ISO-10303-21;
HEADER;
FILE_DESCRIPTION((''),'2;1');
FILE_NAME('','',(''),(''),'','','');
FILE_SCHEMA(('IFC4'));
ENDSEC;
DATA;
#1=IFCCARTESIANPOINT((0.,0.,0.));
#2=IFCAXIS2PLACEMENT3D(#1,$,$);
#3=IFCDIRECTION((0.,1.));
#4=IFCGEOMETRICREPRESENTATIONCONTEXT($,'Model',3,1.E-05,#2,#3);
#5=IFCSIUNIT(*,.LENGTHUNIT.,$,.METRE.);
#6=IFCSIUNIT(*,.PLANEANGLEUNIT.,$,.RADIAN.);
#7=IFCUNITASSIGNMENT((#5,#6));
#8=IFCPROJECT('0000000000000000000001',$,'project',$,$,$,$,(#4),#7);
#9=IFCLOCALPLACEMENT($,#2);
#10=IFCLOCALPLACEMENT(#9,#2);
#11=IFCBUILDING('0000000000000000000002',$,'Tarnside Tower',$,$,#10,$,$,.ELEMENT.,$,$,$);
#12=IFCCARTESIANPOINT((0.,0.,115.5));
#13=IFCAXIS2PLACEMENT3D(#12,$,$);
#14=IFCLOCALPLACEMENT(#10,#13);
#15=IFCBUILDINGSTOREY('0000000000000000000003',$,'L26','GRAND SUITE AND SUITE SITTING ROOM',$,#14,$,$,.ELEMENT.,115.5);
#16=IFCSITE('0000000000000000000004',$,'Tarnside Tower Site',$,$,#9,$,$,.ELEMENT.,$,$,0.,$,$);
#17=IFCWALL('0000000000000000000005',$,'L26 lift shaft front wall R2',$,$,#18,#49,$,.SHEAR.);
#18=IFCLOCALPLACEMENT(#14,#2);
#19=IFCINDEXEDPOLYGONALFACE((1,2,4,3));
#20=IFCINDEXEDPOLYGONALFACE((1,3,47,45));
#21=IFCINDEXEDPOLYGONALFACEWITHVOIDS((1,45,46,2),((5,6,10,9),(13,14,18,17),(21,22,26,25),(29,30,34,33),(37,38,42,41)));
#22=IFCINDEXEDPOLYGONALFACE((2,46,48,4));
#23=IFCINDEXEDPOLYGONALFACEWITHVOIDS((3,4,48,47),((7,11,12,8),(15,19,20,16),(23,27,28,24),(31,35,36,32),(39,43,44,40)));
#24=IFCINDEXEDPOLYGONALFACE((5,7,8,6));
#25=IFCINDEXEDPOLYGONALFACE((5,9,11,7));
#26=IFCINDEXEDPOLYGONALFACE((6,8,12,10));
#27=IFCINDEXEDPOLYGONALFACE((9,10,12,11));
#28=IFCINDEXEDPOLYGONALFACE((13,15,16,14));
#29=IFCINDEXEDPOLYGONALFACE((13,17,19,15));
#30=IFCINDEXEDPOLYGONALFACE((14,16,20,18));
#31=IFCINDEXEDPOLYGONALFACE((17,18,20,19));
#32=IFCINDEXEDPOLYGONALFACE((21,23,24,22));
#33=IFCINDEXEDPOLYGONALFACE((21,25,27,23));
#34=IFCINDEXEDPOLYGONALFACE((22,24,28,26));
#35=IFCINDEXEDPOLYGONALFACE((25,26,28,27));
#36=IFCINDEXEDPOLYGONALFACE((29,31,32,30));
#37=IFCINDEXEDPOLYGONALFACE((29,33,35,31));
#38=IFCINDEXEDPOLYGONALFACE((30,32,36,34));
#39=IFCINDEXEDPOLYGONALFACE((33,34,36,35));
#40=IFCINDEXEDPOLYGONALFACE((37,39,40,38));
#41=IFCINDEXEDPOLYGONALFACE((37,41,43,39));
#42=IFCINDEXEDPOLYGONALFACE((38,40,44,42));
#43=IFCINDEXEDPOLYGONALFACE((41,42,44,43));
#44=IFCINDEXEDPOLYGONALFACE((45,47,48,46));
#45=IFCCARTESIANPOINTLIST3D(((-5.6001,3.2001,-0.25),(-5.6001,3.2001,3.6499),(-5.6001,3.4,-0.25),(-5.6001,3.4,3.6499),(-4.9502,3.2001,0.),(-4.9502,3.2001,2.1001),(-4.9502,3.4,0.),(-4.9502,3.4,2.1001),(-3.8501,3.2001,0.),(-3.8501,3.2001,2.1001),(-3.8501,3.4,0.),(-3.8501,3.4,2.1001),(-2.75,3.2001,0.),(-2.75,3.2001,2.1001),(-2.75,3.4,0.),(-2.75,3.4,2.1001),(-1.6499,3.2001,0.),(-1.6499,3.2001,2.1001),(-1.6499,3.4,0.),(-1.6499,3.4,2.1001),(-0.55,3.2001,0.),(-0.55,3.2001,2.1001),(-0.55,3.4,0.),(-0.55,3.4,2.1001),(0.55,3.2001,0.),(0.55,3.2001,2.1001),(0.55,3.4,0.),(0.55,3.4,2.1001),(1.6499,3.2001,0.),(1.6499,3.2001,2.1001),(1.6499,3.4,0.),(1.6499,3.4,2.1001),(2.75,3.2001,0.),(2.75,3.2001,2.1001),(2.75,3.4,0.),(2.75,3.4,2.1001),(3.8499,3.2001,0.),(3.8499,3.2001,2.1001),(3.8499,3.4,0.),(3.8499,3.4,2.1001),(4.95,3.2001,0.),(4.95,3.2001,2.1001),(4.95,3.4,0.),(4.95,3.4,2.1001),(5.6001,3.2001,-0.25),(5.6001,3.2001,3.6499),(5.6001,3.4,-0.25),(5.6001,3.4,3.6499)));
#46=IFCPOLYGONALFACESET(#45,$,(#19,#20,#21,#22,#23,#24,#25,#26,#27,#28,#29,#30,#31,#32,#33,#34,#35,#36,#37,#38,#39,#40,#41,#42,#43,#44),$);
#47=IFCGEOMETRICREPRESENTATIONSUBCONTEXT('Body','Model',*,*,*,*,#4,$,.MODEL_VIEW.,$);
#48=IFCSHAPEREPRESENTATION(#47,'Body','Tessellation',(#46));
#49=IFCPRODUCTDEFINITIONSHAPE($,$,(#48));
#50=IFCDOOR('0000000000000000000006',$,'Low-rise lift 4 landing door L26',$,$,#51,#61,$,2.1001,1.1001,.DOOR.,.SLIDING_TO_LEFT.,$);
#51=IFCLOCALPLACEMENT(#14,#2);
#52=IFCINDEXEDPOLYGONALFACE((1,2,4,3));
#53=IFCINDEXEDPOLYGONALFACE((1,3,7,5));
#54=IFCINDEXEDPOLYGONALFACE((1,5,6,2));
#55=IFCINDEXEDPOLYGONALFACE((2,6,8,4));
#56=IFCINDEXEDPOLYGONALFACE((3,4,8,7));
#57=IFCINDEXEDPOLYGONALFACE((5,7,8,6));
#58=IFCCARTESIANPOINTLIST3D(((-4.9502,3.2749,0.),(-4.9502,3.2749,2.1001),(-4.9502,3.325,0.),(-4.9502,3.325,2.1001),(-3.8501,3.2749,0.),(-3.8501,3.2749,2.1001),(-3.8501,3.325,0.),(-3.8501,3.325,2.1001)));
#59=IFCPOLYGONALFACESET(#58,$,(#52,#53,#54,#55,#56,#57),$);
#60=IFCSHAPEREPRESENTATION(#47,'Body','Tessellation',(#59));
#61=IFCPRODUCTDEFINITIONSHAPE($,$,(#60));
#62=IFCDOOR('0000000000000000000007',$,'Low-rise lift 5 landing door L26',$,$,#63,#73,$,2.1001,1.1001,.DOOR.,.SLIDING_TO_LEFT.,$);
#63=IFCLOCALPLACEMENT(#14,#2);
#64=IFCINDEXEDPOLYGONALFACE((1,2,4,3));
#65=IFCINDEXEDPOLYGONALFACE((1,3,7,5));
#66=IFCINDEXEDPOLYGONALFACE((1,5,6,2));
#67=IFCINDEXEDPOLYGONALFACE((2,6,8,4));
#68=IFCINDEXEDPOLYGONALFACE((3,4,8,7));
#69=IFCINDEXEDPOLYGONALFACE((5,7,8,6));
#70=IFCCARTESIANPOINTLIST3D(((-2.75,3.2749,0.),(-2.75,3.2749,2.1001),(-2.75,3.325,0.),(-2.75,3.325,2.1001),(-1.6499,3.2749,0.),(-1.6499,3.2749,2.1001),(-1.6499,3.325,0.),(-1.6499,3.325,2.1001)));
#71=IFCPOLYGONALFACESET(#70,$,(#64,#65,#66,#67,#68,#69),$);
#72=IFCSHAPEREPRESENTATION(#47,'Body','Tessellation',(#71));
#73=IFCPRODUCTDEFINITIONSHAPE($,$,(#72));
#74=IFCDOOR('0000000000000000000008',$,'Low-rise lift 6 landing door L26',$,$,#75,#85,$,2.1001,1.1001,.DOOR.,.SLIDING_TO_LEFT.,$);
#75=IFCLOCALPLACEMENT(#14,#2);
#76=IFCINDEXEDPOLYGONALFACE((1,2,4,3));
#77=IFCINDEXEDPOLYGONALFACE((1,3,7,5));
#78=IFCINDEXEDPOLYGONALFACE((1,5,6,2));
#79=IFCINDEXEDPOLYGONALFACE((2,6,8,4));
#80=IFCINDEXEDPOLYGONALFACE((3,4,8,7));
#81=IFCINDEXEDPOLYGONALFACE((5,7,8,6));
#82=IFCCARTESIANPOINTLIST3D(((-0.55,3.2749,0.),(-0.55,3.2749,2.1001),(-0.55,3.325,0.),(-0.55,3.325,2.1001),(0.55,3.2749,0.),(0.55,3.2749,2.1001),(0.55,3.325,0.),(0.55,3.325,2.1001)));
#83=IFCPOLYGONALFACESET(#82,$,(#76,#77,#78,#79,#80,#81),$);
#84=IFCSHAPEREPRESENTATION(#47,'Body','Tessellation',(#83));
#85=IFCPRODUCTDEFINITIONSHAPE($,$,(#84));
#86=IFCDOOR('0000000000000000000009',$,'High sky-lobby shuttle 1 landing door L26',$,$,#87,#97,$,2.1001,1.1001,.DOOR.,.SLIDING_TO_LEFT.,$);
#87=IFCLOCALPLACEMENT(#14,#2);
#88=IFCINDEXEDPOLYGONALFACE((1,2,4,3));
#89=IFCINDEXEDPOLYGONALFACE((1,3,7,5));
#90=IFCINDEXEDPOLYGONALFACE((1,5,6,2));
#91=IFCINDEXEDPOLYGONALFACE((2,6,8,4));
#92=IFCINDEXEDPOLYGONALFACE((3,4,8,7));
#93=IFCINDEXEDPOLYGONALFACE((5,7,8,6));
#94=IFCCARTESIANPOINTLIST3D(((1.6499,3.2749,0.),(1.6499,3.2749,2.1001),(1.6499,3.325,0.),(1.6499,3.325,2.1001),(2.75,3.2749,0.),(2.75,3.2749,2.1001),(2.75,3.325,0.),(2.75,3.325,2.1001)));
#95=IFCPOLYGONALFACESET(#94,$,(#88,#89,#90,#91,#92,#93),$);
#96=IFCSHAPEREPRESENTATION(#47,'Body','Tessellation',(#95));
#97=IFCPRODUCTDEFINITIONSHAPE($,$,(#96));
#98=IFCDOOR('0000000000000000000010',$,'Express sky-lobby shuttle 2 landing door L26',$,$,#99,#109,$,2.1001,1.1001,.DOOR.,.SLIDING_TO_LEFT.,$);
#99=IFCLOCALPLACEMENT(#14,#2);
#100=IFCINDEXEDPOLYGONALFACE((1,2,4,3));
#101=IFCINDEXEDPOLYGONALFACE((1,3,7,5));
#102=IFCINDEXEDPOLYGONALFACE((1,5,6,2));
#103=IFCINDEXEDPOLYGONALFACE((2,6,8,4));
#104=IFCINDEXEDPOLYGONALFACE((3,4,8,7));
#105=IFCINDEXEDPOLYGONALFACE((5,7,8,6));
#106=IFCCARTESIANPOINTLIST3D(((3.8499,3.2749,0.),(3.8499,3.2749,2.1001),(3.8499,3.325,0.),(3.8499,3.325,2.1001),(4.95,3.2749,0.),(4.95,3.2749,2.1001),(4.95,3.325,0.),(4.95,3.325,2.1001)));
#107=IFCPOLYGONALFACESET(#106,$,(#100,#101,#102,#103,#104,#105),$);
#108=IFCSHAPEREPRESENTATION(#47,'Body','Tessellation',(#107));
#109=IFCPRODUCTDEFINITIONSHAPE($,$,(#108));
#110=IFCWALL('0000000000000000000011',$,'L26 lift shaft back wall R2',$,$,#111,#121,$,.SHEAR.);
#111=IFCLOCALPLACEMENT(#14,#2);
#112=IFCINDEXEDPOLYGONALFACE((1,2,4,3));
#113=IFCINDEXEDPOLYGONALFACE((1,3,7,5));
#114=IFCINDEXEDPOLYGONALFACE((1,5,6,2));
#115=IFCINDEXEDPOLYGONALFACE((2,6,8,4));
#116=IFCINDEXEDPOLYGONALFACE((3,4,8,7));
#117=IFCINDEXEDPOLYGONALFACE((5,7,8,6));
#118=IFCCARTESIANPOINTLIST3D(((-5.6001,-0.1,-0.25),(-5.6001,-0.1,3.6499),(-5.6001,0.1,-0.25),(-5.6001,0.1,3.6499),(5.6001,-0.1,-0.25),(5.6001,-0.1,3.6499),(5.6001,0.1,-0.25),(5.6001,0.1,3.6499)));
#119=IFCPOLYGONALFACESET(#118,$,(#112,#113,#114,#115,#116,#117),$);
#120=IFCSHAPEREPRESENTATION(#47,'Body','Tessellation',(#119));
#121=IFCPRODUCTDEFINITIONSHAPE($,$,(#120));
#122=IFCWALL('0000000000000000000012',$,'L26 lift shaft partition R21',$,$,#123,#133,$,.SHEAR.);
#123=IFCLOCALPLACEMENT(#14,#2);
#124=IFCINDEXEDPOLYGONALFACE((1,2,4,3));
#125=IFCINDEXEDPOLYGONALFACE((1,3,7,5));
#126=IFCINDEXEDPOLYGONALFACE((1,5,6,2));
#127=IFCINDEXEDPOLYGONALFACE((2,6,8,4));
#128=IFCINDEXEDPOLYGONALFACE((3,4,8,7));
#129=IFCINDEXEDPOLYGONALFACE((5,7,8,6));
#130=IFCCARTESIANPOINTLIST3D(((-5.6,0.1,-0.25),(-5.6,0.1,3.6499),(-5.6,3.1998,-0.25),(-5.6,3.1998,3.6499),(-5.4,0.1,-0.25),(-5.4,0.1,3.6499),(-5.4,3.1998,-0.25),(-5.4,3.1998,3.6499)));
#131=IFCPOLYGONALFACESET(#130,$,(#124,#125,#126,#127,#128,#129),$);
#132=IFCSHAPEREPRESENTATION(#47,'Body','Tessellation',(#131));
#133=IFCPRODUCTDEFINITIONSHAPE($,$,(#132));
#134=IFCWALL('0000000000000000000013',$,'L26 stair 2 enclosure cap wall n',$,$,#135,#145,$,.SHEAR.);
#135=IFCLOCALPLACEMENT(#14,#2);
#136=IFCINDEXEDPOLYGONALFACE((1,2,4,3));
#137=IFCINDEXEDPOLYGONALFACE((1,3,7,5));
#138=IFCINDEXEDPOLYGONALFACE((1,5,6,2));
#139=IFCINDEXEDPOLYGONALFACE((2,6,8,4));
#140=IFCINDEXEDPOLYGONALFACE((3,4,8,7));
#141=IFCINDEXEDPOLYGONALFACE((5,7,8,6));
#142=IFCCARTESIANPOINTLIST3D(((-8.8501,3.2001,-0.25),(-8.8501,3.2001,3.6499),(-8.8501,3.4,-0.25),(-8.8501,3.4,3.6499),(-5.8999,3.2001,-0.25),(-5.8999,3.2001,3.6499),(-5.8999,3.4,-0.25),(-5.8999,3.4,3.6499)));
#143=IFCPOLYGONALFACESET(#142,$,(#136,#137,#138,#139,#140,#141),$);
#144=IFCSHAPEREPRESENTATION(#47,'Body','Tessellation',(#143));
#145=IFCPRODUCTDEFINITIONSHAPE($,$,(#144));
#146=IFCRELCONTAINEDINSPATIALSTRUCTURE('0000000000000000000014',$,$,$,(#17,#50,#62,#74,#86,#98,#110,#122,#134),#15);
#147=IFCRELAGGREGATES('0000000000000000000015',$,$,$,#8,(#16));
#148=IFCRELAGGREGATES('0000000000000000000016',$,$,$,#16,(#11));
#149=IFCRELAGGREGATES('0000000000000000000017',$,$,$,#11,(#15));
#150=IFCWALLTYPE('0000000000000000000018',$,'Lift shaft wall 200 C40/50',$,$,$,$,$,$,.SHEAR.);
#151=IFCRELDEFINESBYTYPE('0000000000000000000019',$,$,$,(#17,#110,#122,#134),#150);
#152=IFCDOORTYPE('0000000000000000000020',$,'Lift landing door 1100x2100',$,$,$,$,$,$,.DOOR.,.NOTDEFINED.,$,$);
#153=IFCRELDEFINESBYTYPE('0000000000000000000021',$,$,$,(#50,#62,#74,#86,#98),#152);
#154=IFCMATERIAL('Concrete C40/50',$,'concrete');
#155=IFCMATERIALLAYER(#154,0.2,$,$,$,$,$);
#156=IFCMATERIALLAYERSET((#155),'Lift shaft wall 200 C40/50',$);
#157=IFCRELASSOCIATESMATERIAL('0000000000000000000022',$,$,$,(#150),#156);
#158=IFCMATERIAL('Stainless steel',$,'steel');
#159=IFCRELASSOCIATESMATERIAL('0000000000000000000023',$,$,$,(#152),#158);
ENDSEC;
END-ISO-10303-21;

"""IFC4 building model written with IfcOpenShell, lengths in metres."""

from ifc_helpers import new_model, si_unit, direction, frame, frame_2d, origin, place, context, subcontext, project, spatial, rectangle, extrude, material, layer, layer_set, type_object, element, fill, save


model = new_model("IFC4")

# Units and contexts
model_context = context("Model", 3, precision=1e-05, world=origin(), true_north=direction((0.0, 1.0)))
body_context = subcontext(model_context, "Body", "Model", "MODEL_VIEW")
ifc_project = project(units=[si_unit("LENGTHUNIT", "METRE"), si_unit("PLANEANGLEUNIT", "RADIAN")], contexts=[model_context])

# Site, building, storey
site_placement = place(None, origin())
site = spatial("IfcSite", under=ifc_project, at=site_placement, Name="Tarnside Tower Site", CompositionType="ELEMENT", RefElevation=0.0)
building_placement = place(site_placement, origin())
building = spatial("IfcBuilding", under=site, at=building_placement, Name="Tarnside Tower", CompositionType="ELEMENT")
storey_placement = place(building_placement, frame((0.0, 0.0, 115.5)))
storey = spatial("IfcBuildingStorey", under=building, at=storey_placement, Name="L26", Description="GRAND SUITE AND SUITE SITTING ROOM", CompositionType="ELEMENT", Elevation=115.5)

# Shared definitions
ifc_material_1 = material(Name="Concrete C40/50", Category="concrete")

# Wall, openings, doors
ifc_layer_1 = layer(ifc_material_1, 0.2)
ifc_layer_set_1 = layer_set([ifc_layer_1], Name="Lift shaft wall 200 C40/50")
wall_type_1 = type_object("IfcWallType", Name="Lift shaft wall 200 C40/50", PredefinedType="SHEAR", material=ifc_layer_set_1)
ifc_material_2 = material(Name="Stainless steel", Category="steel")
door_type_1 = type_object("IfcDoorType", Name="Lift landing door 1100x2100", OperationType="NOTDEFINED", PredefinedType="DOOR", material=ifc_material_2)
wall_1_placement = place(storey_placement, frame((-5.6001, 3.3, -0.25), z_axis=(0.0, 0.0, 1.0), x_axis=(1.0, 0.0, 0.0)))
wall_1 = element("IfcWall", 1, at=wall_1_placement, inside=storey, type_object=wall_type_1, Name="L26 lift shaft front wall R2", PredefinedType="SHEAR", context=body_context, shape_type="SweptSolid", body=[
    extrude(rectangle(XDim=11.2002, YDim=0.2, at=frame_2d((5.6001, 0.0))), origin(), (0.0, 0.0, 1.0), 3.8999),
])
opening_1_placement = place(wall_1_placement, frame((0.6499, 0.0, 0.25)))
opening_1 = element("IfcOpeningElement", 2, at=opening_1_placement, cuts=wall_1, PredefinedType="OPENING", context=body_context, shape_type="SweptSolid", body=[
    extrude(rectangle(XDim=1.1001, YDim=2.1001, at=frame_2d((0.55, 1.05))), frame((0.0, 0.1099, 0.0), z_axis=(0.0, -1.0, 0.0), x_axis=(1.0, 0.0, 0.0)), (0.0, 0.0, 1.0), 0.22),
])
opening_2_placement = place(wall_1_placement, frame((2.8501, 0.0, 0.25)))
opening_2 = element("IfcOpeningElement", 3, at=opening_2_placement, cuts=wall_1, PredefinedType="OPENING", context=body_context, shape_type="SweptSolid", body=[
    extrude(rectangle(XDim=1.1001, YDim=2.1001, at=frame_2d((0.55, 1.05))), frame((0.0, 0.1099, 0.0), z_axis=(0.0, -1.0, 0.0), x_axis=(1.0, 0.0, 0.0)), (0.0, 0.0, 1.0), 0.22),
])
opening_3_placement = place(wall_1_placement, frame((5.05, 0.0, 0.25)))
opening_3 = element("IfcOpeningElement", 4, at=opening_3_placement, cuts=wall_1, PredefinedType="OPENING", context=body_context, shape_type="SweptSolid", body=[
    extrude(rectangle(XDim=1.1001, YDim=2.1001, at=frame_2d((0.55, 1.05))), frame((0.0, 0.1099, 0.0), z_axis=(0.0, -1.0, 0.0), x_axis=(1.0, 0.0, 0.0)), (0.0, 0.0, 1.0), 0.22),
])
opening_4_placement = place(wall_1_placement, frame((7.25, 0.0, 0.25)))
opening_4 = element("IfcOpeningElement", 5, at=opening_4_placement, cuts=wall_1, PredefinedType="OPENING", context=body_context, shape_type="SweptSolid", body=[
    extrude(rectangle(XDim=1.1001, YDim=2.1001, at=frame_2d((0.55, 1.05))), frame((0.0, 0.1099, 0.0), z_axis=(0.0, -1.0, 0.0), x_axis=(1.0, 0.0, 0.0)), (0.0, 0.0, 1.0), 0.22),
])
opening_5_placement = place(wall_1_placement, frame((9.45, 0.0, 0.25)))
opening_5 = element("IfcOpeningElement", 6, at=opening_5_placement, cuts=wall_1, PredefinedType="OPENING", context=body_context, shape_type="SweptSolid", body=[
    extrude(rectangle(XDim=1.1001, YDim=2.1001, at=frame_2d((0.55, 1.05))), frame((0.0, 0.1099, 0.0), z_axis=(0.0, -1.0, 0.0), x_axis=(1.0, 0.0, 0.0)), (0.0, 0.0, 1.0), 0.22),
])
door_1_placement = place(opening_1_placement, origin())
door_1 = element("IfcDoor", 7, at=door_1_placement, inside=storey, type_object=door_type_1, Name="Low-rise lift 4 landing door L26", OperationType="SLIDING_TO_LEFT", OverallHeight=2.1001, OverallWidth=1.1001, PredefinedType="DOOR", context=body_context, shape_type="SweptSolid", body=[
    extrude(rectangle(XDim=1.1001, YDim=2.1001, at=frame_2d((0.55, 1.05))), frame((0.0, 0.0249, 0.0), z_axis=(0.0, -1.0, 0.0), x_axis=(1.0, 0.0, 0.0)), (0.0, 0.0, 1.0), 0.05),
])
fill(opening_1, door_1)
door_2_placement = place(opening_2_placement, origin())
door_2 = element("IfcDoor", 8, at=door_2_placement, inside=storey, type_object=door_type_1, Name="Low-rise lift 5 landing door L26", OperationType="SLIDING_TO_LEFT", OverallHeight=2.1001, OverallWidth=1.1001, PredefinedType="DOOR", context=body_context, shape_type="SweptSolid", body=[
    extrude(rectangle(XDim=1.1001, YDim=2.1001, at=frame_2d((0.55, 1.05))), frame((0.0, 0.0249, 0.0), z_axis=(0.0, -1.0, 0.0), x_axis=(1.0, 0.0, 0.0)), (0.0, 0.0, 1.0), 0.05),
])
fill(opening_2, door_2)
door_3_placement = place(opening_3_placement, origin())
door_3 = element("IfcDoor", 9, at=door_3_placement, inside=storey, type_object=door_type_1, Name="Low-rise lift 6 landing door L26", OperationType="SLIDING_TO_LEFT", OverallHeight=2.1001, OverallWidth=1.1001, PredefinedType="DOOR", context=body_context, shape_type="SweptSolid", body=[
    extrude(rectangle(XDim=1.1001, YDim=2.1001, at=frame_2d((0.55, 1.05))), frame((0.0, 0.0249, 0.0), z_axis=(0.0, -1.0, 0.0), x_axis=(1.0, 0.0, 0.0)), (0.0, 0.0, 1.0), 0.05),
])
fill(opening_3, door_3)
door_4_placement = place(opening_4_placement, origin())
door_4 = element("IfcDoor", 10, at=door_4_placement, inside=storey, type_object=door_type_1, Name="High sky-lobby shuttle 1 landing door L26", OperationType="SLIDING_TO_LEFT", OverallHeight=2.1001, OverallWidth=1.1001, PredefinedType="DOOR", context=body_context, shape_type="SweptSolid", body=[
    extrude(rectangle(XDim=1.1001, YDim=2.1001, at=frame_2d((0.55, 1.05))), frame((0.0, 0.0249, 0.0), z_axis=(0.0, -1.0, 0.0), x_axis=(1.0, 0.0, 0.0)), (0.0, 0.0, 1.0), 0.05),
])
fill(opening_4, door_4)
door_5_placement = place(opening_5_placement, origin())
door_5 = element("IfcDoor", 11, at=door_5_placement, inside=storey, type_object=door_type_1, Name="Express sky-lobby shuttle 2 landing door L26", OperationType="SLIDING_TO_LEFT", OverallHeight=2.1001, OverallWidth=1.1001, PredefinedType="DOOR", context=body_context, shape_type="SweptSolid", body=[
    extrude(rectangle(XDim=1.1001, YDim=2.1001, at=frame_2d((0.55, 1.05))), frame((0.0, 0.0249, 0.0), z_axis=(0.0, -1.0, 0.0), x_axis=(1.0, 0.0, 0.0)), (0.0, 0.0, 1.0), 0.05),
])
fill(opening_5, door_5)

# Walls
wall_2_placement = place(storey_placement, frame((-5.6001, 0.0, -0.25), z_axis=(0.0, 0.0, 1.0), x_axis=(1.0, 0.0, 0.0)))
element("IfcWall", 12, at=wall_2_placement, inside=storey, type_object=wall_type_1, Name="L26 lift shaft back wall R2", PredefinedType="SHEAR", context=body_context, shape_type="SweptSolid", body=[
    extrude(rectangle(XDim=11.2002, YDim=0.2, at=frame_2d((5.6001, 0.0))), origin(), (0.0, 0.0, 1.0), 3.8999),
])
wall_3_placement = place(storey_placement, frame((-5.5, 0.1001, -0.25), z_axis=(0.0, 0.0, 1.0), x_axis=(0.0, 1.0, 0.0)))
element("IfcWall", 13, at=wall_3_placement, inside=storey, type_object=wall_type_1, Name="L26 lift shaft partition R21", PredefinedType="SHEAR", context=body_context, shape_type="SweptSolid", body=[
    extrude(rectangle(XDim=3.0999, YDim=0.2, at=frame_2d((1.5498, 0.0))), origin(), (0.0, 0.0, 1.0), 3.8999),
])
wall_4_placement = place(storey_placement, frame((-8.8501, 3.3, -0.25), z_axis=(0.0, 0.0, 1.0), x_axis=(1.0, 0.0, 0.0)))
element("IfcWall", 14, at=wall_4_placement, inside=storey, type_object=wall_type_1, Name="L26 stair 2 enclosure cap wall n", PredefinedType="SHEAR", context=body_context, shape_type="SweptSolid", body=[
    extrude(rectangle(XDim=2.9502, YDim=0.2, at=frame_2d((1.4751, 0.0))), origin(), (0.0, 0.0, 1.0), 3.8999),
])

save(model, "model.ifc")
